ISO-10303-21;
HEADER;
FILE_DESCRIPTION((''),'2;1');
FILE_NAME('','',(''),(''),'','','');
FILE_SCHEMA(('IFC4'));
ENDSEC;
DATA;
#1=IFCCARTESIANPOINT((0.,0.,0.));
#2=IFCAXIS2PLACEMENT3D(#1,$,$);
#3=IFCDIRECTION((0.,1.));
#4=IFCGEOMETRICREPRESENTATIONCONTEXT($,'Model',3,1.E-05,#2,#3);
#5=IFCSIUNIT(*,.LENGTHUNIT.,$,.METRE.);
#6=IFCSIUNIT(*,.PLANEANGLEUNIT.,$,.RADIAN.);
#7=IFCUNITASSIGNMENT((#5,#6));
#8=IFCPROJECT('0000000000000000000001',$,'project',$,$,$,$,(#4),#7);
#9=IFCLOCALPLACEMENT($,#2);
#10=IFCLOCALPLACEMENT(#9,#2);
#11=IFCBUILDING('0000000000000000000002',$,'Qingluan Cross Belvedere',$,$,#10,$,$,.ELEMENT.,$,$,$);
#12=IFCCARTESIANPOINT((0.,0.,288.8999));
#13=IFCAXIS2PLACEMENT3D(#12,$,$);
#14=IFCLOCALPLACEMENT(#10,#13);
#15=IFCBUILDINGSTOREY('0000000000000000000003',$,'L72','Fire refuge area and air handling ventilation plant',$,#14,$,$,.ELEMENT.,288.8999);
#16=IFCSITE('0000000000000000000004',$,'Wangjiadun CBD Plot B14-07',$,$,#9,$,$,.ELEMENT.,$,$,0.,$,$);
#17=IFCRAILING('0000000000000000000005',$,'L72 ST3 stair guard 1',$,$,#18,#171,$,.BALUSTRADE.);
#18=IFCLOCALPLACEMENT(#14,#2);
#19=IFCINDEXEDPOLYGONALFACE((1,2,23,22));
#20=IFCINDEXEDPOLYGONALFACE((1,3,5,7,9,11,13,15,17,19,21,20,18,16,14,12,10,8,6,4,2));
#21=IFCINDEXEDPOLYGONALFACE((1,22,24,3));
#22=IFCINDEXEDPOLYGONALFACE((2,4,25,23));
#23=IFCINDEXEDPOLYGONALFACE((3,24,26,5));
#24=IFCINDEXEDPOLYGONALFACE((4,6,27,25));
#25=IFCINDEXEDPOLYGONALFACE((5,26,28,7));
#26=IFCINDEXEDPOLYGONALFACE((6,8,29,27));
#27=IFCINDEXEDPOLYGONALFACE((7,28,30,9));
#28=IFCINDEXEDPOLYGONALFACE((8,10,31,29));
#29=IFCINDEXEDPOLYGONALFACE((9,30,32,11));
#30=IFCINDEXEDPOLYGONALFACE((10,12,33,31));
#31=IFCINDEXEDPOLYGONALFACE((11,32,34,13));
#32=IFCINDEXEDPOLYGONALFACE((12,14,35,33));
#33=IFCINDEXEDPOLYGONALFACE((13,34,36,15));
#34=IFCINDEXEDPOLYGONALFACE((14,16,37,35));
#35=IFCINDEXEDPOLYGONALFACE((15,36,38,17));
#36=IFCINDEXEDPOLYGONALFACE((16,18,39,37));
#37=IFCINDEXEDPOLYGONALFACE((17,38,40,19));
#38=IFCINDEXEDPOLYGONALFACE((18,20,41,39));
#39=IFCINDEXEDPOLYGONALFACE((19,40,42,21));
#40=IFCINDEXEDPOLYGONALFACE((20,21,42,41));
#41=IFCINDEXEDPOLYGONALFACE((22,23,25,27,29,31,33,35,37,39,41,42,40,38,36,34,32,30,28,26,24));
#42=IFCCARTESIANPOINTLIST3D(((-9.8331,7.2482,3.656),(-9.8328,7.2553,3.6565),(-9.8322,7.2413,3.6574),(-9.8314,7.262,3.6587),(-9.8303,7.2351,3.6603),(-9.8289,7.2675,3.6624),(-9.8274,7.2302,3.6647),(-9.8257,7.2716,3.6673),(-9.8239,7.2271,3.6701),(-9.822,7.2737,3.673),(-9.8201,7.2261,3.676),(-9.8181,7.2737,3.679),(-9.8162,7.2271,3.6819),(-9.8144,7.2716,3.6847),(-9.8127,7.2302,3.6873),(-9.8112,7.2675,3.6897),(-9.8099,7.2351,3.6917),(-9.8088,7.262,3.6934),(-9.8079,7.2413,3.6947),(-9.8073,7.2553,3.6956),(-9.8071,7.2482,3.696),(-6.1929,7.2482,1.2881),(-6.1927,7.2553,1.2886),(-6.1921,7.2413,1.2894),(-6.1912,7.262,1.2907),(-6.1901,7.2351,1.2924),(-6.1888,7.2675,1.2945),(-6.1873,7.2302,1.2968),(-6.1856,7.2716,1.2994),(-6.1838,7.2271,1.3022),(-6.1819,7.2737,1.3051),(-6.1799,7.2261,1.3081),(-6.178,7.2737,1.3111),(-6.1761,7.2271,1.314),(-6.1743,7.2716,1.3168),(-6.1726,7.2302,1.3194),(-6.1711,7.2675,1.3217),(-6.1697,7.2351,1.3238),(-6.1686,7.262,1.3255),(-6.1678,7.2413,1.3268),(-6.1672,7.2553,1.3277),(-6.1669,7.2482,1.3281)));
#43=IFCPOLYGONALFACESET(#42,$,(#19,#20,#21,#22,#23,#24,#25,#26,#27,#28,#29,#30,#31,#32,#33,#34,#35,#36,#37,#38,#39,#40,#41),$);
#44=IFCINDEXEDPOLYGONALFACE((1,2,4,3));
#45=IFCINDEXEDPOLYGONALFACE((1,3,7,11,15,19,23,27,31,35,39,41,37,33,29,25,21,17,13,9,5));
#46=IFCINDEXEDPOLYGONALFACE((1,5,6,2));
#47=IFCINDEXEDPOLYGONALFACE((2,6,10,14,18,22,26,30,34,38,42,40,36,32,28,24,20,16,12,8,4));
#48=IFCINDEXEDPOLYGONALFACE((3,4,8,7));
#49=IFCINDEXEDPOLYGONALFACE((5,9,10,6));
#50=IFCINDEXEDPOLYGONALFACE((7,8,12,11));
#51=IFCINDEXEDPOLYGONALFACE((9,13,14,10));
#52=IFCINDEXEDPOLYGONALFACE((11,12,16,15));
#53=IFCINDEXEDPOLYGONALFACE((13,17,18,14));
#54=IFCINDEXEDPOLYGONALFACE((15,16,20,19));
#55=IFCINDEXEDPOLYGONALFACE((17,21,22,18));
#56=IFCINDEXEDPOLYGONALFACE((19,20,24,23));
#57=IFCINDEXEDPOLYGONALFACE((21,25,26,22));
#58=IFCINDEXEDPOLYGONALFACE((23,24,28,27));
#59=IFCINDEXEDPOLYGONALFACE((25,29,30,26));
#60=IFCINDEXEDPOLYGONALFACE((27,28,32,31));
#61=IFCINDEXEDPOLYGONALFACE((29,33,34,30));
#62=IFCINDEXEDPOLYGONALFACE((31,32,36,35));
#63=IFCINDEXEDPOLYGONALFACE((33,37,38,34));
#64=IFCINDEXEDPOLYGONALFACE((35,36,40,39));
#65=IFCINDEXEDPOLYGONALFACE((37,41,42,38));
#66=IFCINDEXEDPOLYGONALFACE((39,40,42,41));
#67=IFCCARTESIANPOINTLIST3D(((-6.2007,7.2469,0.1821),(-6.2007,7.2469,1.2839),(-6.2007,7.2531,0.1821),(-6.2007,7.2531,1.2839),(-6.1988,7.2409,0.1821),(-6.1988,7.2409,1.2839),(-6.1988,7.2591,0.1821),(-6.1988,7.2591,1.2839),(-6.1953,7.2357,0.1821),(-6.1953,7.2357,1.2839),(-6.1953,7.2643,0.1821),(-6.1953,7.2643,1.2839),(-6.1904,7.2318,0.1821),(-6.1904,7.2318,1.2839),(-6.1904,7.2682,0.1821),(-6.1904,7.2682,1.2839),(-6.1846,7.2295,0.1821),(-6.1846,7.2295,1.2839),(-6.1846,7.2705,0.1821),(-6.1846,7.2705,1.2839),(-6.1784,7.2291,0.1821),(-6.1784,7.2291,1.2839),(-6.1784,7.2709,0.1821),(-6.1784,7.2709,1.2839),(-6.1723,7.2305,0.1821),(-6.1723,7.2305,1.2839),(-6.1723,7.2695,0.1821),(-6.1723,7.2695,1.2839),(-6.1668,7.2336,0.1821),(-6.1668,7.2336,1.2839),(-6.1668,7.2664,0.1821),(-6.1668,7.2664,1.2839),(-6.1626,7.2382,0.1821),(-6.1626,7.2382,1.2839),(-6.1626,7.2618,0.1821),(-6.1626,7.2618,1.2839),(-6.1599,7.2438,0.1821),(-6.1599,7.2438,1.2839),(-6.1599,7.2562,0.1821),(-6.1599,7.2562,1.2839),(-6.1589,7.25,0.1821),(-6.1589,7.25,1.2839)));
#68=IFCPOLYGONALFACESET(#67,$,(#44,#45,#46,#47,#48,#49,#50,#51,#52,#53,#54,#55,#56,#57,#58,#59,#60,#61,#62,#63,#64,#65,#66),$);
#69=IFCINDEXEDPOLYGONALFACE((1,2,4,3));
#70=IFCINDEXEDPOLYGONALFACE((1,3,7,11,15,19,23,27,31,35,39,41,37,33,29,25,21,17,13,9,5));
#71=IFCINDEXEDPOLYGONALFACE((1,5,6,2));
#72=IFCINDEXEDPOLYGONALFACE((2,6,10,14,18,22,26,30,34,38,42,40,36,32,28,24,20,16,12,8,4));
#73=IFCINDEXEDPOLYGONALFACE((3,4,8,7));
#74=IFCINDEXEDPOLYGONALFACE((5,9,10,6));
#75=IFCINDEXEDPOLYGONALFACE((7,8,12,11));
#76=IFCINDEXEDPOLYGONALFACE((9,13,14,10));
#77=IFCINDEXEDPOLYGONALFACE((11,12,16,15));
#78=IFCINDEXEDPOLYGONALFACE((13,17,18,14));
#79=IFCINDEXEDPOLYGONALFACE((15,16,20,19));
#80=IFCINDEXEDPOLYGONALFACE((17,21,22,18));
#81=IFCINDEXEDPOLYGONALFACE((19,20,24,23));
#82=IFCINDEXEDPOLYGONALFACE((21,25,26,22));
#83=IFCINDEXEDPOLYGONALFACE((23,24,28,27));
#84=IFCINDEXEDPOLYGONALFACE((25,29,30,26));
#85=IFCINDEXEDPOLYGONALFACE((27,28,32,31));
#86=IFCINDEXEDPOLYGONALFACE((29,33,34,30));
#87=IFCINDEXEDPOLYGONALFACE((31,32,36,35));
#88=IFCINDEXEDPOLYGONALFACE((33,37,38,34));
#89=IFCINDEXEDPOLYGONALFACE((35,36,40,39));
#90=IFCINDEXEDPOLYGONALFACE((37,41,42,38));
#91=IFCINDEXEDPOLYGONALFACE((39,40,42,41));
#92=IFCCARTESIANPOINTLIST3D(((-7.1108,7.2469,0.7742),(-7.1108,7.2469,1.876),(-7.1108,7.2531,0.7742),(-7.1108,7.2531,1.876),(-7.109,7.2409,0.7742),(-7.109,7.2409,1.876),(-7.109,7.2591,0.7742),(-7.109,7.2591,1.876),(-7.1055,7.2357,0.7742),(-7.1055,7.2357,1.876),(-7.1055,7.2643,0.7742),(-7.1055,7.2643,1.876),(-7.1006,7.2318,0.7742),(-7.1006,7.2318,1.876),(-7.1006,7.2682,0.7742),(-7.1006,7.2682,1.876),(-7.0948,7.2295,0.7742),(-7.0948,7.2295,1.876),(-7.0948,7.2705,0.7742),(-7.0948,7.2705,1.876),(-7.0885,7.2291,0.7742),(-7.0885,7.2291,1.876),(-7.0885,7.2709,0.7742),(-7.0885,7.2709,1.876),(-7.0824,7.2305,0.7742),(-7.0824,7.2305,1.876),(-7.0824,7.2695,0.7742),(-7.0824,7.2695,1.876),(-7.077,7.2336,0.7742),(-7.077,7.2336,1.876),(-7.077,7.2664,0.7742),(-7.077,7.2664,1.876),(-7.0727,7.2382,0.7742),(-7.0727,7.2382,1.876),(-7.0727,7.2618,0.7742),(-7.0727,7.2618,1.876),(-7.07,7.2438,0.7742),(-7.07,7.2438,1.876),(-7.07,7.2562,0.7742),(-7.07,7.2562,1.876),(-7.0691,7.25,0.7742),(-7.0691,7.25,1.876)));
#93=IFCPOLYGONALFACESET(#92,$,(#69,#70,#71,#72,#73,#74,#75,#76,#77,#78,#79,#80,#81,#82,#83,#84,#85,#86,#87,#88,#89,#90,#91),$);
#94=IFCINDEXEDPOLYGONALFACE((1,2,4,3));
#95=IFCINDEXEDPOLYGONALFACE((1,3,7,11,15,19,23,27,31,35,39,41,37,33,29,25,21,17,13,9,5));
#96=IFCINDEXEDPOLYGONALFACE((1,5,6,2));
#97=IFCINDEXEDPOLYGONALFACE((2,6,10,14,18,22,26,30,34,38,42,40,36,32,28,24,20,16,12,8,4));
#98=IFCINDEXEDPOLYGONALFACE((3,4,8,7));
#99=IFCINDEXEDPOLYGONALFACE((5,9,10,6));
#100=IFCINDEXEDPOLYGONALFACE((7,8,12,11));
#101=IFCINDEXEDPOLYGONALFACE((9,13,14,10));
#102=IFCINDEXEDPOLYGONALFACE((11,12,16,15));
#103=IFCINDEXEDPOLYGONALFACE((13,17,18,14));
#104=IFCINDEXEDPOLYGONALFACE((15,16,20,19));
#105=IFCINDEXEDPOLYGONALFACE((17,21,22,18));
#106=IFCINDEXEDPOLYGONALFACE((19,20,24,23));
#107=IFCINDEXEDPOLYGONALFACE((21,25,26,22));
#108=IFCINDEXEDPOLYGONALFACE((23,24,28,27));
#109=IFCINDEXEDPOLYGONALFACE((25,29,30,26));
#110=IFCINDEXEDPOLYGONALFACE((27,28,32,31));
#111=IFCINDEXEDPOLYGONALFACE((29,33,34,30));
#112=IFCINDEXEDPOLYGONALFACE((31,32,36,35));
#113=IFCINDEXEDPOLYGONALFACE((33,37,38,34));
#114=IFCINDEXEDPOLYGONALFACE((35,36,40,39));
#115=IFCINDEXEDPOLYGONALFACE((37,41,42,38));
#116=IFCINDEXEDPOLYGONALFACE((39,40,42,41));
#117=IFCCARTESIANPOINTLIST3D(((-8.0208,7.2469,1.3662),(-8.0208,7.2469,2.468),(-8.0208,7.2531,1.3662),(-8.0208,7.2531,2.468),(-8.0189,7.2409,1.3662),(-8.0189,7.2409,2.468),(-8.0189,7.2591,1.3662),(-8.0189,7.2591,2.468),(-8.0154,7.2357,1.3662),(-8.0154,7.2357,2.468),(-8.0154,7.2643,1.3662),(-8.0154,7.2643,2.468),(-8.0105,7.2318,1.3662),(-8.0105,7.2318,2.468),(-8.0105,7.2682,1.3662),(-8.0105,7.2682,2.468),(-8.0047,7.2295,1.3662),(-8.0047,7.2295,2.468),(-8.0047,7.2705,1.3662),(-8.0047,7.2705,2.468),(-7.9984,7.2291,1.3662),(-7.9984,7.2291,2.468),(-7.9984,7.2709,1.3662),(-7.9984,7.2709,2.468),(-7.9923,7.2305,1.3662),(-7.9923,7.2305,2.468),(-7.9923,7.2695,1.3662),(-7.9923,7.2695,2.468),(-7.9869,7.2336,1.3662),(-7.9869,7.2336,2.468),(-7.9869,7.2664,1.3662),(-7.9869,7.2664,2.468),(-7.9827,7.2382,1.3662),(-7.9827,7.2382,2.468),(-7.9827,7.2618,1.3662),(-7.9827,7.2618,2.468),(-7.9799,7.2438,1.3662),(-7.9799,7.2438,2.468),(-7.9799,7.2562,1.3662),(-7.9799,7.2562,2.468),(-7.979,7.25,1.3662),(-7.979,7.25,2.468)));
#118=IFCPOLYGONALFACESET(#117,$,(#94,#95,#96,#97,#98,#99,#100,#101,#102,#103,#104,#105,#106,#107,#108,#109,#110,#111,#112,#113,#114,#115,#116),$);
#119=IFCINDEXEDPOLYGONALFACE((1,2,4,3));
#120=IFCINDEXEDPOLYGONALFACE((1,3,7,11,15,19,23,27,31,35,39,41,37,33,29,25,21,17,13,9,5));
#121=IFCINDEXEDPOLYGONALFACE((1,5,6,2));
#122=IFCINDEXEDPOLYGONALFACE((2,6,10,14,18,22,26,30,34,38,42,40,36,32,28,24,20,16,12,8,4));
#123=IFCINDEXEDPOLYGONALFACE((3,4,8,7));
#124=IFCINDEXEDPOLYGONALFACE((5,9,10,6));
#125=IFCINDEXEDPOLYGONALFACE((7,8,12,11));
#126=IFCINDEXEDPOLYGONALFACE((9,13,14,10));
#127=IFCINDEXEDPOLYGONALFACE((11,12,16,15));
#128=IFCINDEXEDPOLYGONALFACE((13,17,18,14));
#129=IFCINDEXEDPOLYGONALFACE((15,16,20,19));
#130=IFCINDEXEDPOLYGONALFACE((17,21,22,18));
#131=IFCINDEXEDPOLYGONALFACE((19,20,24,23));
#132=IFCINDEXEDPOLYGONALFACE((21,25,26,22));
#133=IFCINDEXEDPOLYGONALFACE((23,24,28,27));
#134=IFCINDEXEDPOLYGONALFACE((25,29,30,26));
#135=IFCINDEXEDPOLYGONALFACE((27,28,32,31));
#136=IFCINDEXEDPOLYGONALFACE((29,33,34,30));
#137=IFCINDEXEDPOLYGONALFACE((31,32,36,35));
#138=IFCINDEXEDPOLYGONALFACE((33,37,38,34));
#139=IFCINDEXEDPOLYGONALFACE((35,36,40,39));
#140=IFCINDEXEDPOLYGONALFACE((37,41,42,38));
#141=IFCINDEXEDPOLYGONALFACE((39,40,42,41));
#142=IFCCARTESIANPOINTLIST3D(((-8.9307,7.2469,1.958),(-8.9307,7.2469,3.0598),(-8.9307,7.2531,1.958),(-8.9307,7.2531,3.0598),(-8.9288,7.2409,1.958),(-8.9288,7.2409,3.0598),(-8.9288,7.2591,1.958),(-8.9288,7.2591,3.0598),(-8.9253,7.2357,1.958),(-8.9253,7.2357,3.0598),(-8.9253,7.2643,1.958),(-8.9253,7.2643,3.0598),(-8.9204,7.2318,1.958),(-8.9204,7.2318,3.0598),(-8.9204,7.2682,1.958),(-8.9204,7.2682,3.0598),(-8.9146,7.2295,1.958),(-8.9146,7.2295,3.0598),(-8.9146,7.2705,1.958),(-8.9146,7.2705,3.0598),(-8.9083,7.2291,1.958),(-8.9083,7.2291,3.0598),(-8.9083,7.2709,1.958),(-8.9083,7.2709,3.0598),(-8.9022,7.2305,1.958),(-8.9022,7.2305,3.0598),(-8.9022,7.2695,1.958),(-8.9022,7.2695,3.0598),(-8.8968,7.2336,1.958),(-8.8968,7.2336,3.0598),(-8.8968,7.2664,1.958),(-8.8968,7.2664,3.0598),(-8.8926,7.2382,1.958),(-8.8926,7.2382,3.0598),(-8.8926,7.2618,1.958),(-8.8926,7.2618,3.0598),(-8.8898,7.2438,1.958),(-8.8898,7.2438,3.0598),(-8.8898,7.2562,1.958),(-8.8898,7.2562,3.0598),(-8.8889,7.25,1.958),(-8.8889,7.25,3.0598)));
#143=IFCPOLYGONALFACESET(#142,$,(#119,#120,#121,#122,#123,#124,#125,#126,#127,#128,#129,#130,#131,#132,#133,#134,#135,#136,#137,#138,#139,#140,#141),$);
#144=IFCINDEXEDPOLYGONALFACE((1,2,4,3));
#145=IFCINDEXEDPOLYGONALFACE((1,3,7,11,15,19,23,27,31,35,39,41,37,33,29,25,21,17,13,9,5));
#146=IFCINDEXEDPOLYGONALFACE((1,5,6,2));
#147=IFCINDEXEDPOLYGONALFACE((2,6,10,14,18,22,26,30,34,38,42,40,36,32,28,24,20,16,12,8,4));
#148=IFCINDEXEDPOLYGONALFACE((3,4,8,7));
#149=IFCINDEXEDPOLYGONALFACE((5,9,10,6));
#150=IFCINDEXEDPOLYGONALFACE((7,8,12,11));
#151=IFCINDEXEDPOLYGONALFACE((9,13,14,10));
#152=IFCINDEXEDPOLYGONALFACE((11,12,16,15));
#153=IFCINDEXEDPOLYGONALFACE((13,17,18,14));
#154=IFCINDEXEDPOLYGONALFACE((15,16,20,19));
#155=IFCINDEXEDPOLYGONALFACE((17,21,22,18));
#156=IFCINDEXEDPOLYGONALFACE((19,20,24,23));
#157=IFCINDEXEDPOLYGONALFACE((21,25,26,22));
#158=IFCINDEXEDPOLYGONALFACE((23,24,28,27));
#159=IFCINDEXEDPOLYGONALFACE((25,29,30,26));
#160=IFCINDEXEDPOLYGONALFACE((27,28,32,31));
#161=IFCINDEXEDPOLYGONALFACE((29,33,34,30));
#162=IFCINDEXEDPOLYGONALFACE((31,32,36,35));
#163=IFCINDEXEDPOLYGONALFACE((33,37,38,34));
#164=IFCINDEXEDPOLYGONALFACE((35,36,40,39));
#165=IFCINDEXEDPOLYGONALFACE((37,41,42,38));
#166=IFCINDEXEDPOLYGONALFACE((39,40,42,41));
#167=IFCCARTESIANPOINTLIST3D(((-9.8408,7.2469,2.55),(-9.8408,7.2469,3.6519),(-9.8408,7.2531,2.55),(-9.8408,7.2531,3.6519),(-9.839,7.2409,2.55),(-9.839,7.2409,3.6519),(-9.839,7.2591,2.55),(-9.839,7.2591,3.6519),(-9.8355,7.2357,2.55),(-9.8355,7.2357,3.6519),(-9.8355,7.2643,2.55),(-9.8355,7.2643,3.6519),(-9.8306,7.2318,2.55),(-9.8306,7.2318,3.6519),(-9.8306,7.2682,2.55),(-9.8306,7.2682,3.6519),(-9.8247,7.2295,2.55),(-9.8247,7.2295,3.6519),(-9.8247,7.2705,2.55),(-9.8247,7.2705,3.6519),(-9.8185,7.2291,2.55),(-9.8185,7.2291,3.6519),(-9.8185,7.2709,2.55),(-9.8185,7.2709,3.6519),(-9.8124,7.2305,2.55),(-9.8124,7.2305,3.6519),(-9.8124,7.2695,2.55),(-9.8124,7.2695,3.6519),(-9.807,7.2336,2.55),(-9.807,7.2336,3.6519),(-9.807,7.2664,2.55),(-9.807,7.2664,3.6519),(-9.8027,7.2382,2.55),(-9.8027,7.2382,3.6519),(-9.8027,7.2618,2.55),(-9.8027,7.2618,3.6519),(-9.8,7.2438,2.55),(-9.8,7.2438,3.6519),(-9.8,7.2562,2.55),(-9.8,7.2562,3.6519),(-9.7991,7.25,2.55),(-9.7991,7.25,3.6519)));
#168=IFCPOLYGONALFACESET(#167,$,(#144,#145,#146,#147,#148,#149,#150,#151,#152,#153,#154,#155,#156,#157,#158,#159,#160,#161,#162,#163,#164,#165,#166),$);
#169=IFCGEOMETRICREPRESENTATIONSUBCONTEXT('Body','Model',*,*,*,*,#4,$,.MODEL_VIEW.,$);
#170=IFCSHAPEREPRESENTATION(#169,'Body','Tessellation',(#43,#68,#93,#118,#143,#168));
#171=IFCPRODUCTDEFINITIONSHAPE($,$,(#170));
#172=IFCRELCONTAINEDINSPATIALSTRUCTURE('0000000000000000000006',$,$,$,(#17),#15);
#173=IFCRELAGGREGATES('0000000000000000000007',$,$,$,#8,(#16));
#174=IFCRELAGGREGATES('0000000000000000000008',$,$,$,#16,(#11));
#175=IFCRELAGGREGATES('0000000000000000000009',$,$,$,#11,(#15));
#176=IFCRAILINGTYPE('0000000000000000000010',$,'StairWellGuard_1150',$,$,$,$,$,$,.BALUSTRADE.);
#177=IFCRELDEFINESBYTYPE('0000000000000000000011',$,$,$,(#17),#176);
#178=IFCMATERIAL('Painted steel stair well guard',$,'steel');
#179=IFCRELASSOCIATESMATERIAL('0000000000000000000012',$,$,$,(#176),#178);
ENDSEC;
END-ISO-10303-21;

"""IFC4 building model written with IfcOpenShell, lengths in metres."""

from ifc_helpers import new_model, si_unit, direction, frame, origin, origin_2d, place, context, subcontext, project, spatial, circle, extrude, material, type_object, element, save


model = new_model("IFC4")

# Units and contexts
model_context = context("Model", 3, precision=1e-05, world=origin(), true_north=direction((0.0, 1.0)))
body_context = subcontext(model_context, "Body", "Model", "MODEL_VIEW")
ifc_project = project(units=[si_unit("LENGTHUNIT", "METRE"), si_unit("PLANEANGLEUNIT", "RADIAN")], contexts=[model_context])

# Site, building, storey
site_placement = place(None, origin())
site = spatial("IfcSite", under=ifc_project, at=site_placement, Name="Wangjiadun CBD Plot B14-07", CompositionType="ELEMENT", RefElevation=0.0)
building_placement = place(site_placement, origin())
building = spatial("IfcBuilding", under=site, at=building_placement, Name="Qingluan Cross Belvedere", CompositionType="ELEMENT")
storey_placement = place(building_placement, frame((0.0, 0.0, 288.8999)))
storey = spatial("IfcBuildingStorey", under=building, at=storey_placement, Name="L72", Description="Fire refuge area and air handling ventilation plant", CompositionType="ELEMENT", Elevation=288.8999)

# Railing
ifc_material_1 = material(Name="Painted steel stair well guard", Category="steel")
railing_type_1 = type_object("IfcRailingType", Name="StairWellGuard_1150", PredefinedType="BALUSTRADE", material=ifc_material_1)
railing_1_placement = place(storey_placement, frame((-6.1799, 7.25, 0.1821)))
element("IfcRailing", 1, at=railing_1_placement, inside=storey, type_object=railing_type_1, Name="L72 ST3 stair guard 1", PredefinedType="BALUSTRADE", context=body_context, shape_type="SweptSolid", body=[
    extrude(circle(Radius=0.0239, at=origin_2d()), frame((0.0, 0.0, 1.126), z_axis=(-0.838251, 0.0, 0.545285), x_axis=(0.0, -1.0, 0.0)), (0.0, 0.0, 1.0), 4.3425),
    extrude(circle(Radius=0.021, at=origin_2d()), origin(), (0.0, 0.0, 1.0), 1.1018),
    extrude(circle(Radius=0.021, at=origin_2d()), frame((-0.9102, 0.0, 0.592)), (0.0, 0.0, 1.0), 1.1018),
    extrude(circle(Radius=0.021, at=origin_2d()), frame((-1.8201, 0.0, 1.1841)), (0.0, 0.0, 1.0), 1.1018),
    extrude(circle(Radius=0.021, at=origin_2d()), frame((-2.73, 0.0, 1.7759)), (0.0, 0.0, 1.0), 1.1018),
    extrude(circle(Radius=0.021, at=origin_2d()), frame((-3.6401, 0.0, 2.3679)), (0.0, 0.0, 1.0), 1.1018),
])

save(model, "model.ifc")
